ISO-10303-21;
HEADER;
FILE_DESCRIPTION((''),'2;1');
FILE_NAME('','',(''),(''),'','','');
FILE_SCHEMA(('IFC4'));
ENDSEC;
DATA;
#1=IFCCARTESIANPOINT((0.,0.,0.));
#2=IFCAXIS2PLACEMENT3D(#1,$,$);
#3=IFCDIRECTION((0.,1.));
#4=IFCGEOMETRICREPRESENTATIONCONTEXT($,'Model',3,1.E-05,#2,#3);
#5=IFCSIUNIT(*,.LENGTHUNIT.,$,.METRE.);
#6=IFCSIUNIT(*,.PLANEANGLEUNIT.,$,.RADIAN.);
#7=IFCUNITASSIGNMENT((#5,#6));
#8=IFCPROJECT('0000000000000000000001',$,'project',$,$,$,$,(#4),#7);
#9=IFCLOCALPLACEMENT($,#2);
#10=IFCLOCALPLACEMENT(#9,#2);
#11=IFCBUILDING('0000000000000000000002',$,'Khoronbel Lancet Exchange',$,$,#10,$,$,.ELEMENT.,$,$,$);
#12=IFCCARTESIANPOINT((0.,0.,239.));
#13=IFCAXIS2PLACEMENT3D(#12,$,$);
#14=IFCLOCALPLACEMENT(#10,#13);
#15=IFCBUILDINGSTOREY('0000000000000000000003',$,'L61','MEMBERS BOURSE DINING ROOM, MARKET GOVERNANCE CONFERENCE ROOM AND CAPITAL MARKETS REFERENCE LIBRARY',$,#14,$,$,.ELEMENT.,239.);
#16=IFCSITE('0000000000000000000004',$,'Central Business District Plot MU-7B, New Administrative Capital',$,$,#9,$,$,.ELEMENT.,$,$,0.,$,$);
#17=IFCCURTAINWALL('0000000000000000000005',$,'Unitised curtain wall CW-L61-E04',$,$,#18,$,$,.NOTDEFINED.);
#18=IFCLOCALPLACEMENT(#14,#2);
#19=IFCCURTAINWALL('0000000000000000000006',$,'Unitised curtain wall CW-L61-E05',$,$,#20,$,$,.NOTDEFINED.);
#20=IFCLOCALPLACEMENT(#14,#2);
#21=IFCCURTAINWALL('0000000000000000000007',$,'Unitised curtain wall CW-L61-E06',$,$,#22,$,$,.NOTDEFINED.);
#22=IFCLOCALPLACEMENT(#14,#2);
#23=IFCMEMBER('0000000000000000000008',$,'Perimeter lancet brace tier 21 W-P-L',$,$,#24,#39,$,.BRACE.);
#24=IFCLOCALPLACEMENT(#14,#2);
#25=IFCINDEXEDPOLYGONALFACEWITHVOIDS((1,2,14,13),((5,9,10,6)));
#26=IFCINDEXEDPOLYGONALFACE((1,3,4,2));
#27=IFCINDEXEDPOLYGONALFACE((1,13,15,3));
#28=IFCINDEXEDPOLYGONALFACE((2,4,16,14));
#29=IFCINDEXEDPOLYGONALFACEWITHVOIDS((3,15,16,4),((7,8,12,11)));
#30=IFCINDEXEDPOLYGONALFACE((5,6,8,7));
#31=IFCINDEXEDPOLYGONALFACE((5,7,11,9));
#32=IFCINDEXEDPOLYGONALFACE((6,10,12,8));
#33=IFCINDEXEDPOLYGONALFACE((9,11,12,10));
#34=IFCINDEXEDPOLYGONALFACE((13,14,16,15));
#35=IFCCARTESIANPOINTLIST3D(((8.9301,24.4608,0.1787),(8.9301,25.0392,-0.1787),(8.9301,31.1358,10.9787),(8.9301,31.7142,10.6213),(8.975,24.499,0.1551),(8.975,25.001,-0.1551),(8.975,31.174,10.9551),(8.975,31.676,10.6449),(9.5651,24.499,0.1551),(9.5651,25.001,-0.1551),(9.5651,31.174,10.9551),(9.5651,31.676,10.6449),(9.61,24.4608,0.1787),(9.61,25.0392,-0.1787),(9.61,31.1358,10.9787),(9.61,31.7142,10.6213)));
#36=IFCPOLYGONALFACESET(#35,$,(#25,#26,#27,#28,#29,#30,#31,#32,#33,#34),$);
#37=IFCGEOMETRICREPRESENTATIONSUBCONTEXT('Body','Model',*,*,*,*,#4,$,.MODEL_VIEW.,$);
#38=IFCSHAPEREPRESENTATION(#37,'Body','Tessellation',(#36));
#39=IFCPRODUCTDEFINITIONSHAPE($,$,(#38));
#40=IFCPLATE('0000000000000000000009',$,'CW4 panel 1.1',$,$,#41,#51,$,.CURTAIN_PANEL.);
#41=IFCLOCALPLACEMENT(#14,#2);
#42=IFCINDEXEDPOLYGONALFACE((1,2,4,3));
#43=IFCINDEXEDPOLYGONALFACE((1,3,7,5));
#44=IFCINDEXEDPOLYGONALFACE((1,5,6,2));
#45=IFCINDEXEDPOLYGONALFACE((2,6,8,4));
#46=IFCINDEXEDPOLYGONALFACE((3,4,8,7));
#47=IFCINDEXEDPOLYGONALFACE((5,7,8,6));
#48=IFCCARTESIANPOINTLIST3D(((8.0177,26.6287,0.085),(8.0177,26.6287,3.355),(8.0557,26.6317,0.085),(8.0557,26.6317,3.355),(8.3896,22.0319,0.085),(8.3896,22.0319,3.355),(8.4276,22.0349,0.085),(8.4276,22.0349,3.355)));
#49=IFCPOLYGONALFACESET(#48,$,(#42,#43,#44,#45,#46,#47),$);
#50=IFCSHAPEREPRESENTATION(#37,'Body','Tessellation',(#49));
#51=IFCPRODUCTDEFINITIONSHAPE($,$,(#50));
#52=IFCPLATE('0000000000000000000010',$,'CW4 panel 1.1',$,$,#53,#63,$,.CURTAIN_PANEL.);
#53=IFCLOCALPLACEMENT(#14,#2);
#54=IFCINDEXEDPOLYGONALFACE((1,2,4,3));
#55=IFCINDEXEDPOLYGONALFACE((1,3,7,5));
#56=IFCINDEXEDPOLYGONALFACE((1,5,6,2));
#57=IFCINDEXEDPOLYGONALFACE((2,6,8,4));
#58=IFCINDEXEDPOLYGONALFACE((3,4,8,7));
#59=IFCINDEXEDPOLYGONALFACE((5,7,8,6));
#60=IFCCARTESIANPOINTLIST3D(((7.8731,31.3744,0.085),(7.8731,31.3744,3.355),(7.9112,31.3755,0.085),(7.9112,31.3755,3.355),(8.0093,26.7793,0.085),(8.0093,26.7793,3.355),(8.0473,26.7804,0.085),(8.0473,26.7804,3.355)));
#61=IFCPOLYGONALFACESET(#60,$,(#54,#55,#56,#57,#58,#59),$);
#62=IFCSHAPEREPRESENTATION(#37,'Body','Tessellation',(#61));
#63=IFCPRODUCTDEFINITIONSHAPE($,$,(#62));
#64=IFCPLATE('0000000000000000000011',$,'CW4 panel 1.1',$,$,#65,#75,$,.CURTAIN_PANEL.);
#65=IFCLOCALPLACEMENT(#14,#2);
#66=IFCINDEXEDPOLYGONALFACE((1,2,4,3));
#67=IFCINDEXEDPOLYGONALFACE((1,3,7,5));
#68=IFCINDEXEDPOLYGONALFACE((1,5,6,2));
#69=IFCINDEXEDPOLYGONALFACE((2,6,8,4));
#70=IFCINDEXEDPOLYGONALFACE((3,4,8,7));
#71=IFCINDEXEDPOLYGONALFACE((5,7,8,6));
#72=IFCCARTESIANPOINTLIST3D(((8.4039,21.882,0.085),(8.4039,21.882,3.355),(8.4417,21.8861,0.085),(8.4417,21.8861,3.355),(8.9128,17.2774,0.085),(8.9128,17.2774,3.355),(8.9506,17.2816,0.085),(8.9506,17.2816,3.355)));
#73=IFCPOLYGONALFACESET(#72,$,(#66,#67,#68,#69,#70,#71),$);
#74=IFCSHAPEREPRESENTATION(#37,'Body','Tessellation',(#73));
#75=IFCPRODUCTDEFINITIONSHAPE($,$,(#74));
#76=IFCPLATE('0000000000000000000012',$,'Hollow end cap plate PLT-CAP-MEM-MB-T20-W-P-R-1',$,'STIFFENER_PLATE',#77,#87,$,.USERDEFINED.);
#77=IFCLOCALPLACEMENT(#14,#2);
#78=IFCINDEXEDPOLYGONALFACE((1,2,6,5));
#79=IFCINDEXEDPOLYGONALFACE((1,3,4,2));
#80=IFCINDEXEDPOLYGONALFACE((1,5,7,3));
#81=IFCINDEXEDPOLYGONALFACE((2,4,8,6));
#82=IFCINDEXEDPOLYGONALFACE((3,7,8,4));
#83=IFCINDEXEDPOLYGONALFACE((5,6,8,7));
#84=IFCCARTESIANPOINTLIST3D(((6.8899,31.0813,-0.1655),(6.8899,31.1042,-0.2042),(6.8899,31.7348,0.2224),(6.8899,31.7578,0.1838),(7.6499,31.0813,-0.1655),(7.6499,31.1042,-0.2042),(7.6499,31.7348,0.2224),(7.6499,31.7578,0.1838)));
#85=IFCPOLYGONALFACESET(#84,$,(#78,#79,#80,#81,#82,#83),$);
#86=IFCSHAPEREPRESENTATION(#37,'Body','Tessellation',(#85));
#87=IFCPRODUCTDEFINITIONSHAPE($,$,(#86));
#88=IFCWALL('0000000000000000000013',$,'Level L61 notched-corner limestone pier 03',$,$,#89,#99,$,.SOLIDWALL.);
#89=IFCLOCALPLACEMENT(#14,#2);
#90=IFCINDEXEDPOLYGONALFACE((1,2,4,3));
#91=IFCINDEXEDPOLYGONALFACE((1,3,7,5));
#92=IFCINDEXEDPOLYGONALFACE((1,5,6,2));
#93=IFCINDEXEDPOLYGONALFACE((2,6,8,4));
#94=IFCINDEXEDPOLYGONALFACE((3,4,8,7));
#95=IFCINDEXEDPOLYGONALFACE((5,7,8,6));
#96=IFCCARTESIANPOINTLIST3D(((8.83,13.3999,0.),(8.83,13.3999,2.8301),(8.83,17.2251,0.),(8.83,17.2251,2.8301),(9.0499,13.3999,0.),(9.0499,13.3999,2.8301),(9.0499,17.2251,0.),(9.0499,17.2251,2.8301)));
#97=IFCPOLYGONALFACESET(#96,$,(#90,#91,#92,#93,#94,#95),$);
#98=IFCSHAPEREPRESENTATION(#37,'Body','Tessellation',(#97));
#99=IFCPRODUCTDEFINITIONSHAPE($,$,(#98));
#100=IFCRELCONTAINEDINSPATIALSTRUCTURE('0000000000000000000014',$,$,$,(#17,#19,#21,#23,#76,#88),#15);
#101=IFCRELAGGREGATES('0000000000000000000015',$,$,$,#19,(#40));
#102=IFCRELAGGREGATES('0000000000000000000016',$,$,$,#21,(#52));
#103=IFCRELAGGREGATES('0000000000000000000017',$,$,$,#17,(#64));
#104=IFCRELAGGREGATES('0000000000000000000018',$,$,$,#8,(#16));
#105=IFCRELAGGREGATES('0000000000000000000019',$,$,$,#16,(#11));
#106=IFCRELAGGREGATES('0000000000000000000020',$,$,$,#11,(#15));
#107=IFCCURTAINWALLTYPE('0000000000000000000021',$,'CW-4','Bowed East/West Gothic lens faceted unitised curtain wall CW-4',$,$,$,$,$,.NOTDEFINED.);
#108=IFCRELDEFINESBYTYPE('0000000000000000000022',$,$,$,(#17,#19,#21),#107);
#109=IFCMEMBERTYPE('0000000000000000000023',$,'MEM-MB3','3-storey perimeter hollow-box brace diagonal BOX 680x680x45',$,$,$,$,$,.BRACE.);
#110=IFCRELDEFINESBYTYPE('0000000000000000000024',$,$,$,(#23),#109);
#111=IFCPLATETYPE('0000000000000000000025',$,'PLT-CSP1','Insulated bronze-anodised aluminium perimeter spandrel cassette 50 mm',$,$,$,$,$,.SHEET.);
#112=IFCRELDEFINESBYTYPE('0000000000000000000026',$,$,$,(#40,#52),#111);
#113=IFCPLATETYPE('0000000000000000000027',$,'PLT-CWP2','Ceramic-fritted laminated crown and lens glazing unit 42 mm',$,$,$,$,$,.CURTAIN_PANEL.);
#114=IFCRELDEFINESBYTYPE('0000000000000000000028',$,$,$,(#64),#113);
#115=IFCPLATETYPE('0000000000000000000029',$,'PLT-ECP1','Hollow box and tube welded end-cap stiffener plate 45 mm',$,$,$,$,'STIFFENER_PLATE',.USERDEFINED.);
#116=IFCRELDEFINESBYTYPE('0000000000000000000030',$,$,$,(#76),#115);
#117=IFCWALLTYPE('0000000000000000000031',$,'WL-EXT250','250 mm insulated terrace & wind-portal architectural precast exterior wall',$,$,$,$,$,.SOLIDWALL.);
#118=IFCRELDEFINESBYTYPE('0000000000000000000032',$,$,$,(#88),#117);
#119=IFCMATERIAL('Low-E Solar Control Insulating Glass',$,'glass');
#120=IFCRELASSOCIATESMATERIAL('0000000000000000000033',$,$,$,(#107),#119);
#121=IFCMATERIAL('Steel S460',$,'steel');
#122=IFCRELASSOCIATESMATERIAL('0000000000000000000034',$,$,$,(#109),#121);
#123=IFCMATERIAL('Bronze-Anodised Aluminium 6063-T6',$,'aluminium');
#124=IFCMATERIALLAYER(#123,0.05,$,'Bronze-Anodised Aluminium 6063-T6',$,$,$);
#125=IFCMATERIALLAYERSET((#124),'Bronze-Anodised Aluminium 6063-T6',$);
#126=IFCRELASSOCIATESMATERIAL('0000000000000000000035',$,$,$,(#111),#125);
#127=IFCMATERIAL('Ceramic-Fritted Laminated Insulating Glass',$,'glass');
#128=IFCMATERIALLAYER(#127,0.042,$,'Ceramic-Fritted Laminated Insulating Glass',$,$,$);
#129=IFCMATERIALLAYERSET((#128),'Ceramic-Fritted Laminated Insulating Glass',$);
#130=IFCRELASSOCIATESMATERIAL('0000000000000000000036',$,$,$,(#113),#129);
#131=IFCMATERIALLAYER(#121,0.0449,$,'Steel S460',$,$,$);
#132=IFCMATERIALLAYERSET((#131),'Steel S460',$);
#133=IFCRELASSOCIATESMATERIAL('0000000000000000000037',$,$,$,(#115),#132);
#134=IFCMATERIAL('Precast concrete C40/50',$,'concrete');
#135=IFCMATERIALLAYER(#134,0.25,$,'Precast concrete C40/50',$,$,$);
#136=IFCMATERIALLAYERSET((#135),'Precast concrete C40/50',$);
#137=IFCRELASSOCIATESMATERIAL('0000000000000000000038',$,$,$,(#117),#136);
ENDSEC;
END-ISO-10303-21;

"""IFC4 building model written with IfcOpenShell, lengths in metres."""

from ifc_helpers import new_model, si_unit, direction, frame, frame_2d, origin, origin_2d, place, context, subcontext, project, spatial, polyline, rectangle, hollow_rectangle, outline, extrude, material, layer, layer_set, material_profile, profile_set, type_object, element, aggregate, save


model = new_model("IFC4")

# Units and contexts
model_context = context("Model", 3, precision=1e-05, world=origin(), true_north=direction((0.0, 1.0)))
body_context = subcontext(model_context, "Body", "Model", "MODEL_VIEW")
ifc_project = project(units=[si_unit("LENGTHUNIT", "METRE"), si_unit("PLANEANGLEUNIT", "RADIAN")], contexts=[model_context])

# Site, building, storey
site_placement = place(None, origin())
site = spatial("IfcSite", under=ifc_project, at=site_placement, Name="Central Business District Plot MU-7B, New Administrative Capital", CompositionType="ELEMENT", RefElevation=0.0)
building_placement = place(site_placement, origin())
building = spatial("IfcBuilding", under=site, at=building_placement, Name="Khoronbel Lancet Exchange", CompositionType="ELEMENT")
storey_placement = place(building_placement, frame((0.0, 0.0, 239.0)))
storey = spatial("IfcBuildingStorey", under=building, at=storey_placement, Name="L61", Description="MEMBERS BOURSE DINING ROOM, MARKET GOVERNANCE CONFERENCE ROOM AND CAPITAL MARKETS REFERENCE LIBRARY", CompositionType="ELEMENT", Elevation=239.0)

# Curtain walls
ifc_material_1 = material(Name="Low-E Solar Control Insulating Glass", Category="glass")
curtain_wall_type = type_object("IfcCurtainWallType", Name="CW-4", Description="Bowed East/West Gothic lens faceted unitised curtain wall CW-4", PredefinedType="NOTDEFINED", material=ifc_material_1)
curtain_wall_1_placement = place(storey_placement, origin())
curtain_wall_1 = element("IfcCurtainWall", 1, at=curtain_wall_1_placement, inside=storey, type_object=curtain_wall_type, Name="Unitised curtain wall CW-L61-E04", PredefinedType="NOTDEFINED")
ifc_material_2 = material(Name="Bronze-Anodised Aluminium 6063-T6", Category="aluminium")
curtain_wall_2_placement = place(storey_placement, origin())
curtain_wall_2 = element("IfcCurtainWall", 2, at=curtain_wall_2_placement, inside=storey, type_object=curtain_wall_type, Name="Unitised curtain wall CW-L61-E05", PredefinedType="NOTDEFINED")
curtain_wall_3_placement = place(storey_placement, origin())
curtain_wall_3 = element("IfcCurtainWall", 3, at=curtain_wall_3_placement, inside=storey, type_object=curtain_wall_type, Name="Unitised curtain wall CW-L61-E06", PredefinedType="NOTDEFINED")

# Member
ifc_material_3 = material(Name="Steel S460", Category="steel")
ifc_material_profile_1 = material_profile(ifc_material_3, hollow_rectangle(XDim=0.6799, YDim=0.6799, WallThickness=0.0449, at=origin_2d()), Name="BOX 680x680x45")
ifc_profile_set_1 = profile_set([ifc_material_profile_1], Name="Steel S460")
member_type_1 = type_object("IfcMemberType", Name="MEM-MB3", Description="3-storey perimeter hollow-box brace diagonal BOX 680x680x45", PredefinedType="BRACE", material=ifc_profile_set_1)
member_1_placement = place(storey_placement, frame((9.27, 24.75, 0.0), z_axis=(0.0, 0.525745, 0.850642), x_axis=(-1.0, 0.0, 0.0)))
element("IfcMember", 4, at=member_1_placement, inside=storey, type_object=member_type_1, Name="Perimeter lancet brace tier 21 W-P-L", PredefinedType="BRACE", context=body_context, shape_type="SweptSolid", body=[
    extrude(hollow_rectangle(XDim=0.6799, YDim=0.6799, WallThickness=0.0449, at=origin_2d()), origin(), (0.0, 0.0, 1.0), 12.6963),
])

# Plates
ifc_layer_1 = layer(ifc_material_2, 0.05, Name="Bronze-Anodised Aluminium 6063-T6")
ifc_layer_set_1 = layer_set([ifc_layer_1], Name="Bronze-Anodised Aluminium 6063-T6")
plate_type_1 = type_object("IfcPlateType", Name="PLT-CSP1", Description="Insulated bronze-anodised aluminium perimeter spandrel cassette 50 mm", PredefinedType="SHEET", material=ifc_layer_set_1)
plate_1_placement = place(storey_placement, frame((8.2227, 24.3318, 0.085), z_axis=(0.0, 0.0, 1.0), x_axis=(-0.08064, 0.996743, 0.0)))
plate_1 = element("IfcPlate", 5, at=plate_1_placement, type_object=plate_type_1, Name="CW4 panel 1.1", PredefinedType="CURTAIN_PANEL", context=body_context, shape_type="SweptSolid", body=[
    extrude(rectangle(XDim=4.6118, YDim=0.0381, at=origin_2d()), origin(), (0.0, 0.0, 1.0), 3.27),
])
aggregate(curtain_wall_2, [plate_1])
plate_2_placement = place(storey_placement, frame((7.9602, 29.0774, 0.085), z_axis=(0.0, 0.0, 1.0), x_axis=(-0.029618, 0.999561, 0.0)))
plate_2 = element("IfcPlate", 6, at=plate_2_placement, type_object=plate_type_1, Name="CW4 panel 1.1", PredefinedType="CURTAIN_PANEL", context=body_context, shape_type="SweptSolid", body=[
    extrude(rectangle(XDim=4.5972, YDim=0.0381, at=origin_2d()), origin(), (0.0, 0.0, 1.0), 3.27),
])
aggregate(curtain_wall_3, [plate_2])
ifc_material_4 = material(Name="Ceramic-Fritted Laminated Insulating Glass", Category="glass")
ifc_layer_2 = layer(ifc_material_4, 0.042, Name="Ceramic-Fritted Laminated Insulating Glass")
ifc_layer_set_2 = layer_set([ifc_layer_2], Name="Ceramic-Fritted Laminated Insulating Glass")
plate_type_2 = type_object("IfcPlateType", Name="PLT-CWP2", Description="Ceramic-fritted laminated crown and lens glazing unit 42 mm", PredefinedType="CURTAIN_PANEL", material=ifc_layer_set_2)
plate_3_placement = place(storey_placement, frame((8.6772, 19.5818, 0.085), z_axis=(0.0, 0.0, 1.0), x_axis=(-0.109858, 0.993947, 0.0)))
plate_3 = element("IfcPlate", 7, at=plate_3_placement, type_object=plate_type_2, Name="CW4 panel 1.1", PredefinedType="CURTAIN_PANEL", context=body_context, shape_type="SweptSolid", body=[
    extrude(rectangle(XDim=4.6326, YDim=0.0381, at=origin_2d()), origin(), (0.0, 0.0, 1.0), 3.27),
])
aggregate(curtain_wall_1, [plate_3])
ifc_layer_3 = layer(ifc_material_3, 0.0449, Name="Steel S460")
ifc_layer_set_3 = layer_set([ifc_layer_3], Name="Steel S460")
plate_type_3 = type_object("IfcPlateType", Name="PLT-ECP1", Description="Hollow box and tube welded end-cap stiffener plate 45 mm", ElementType="STIFFENER_PLATE", PredefinedType="USERDEFINED", material=ifc_layer_set_3)
plate_4_placement = place(storey_placement, frame((6.8899, 31.0813, -0.1655), z_axis=(0.0, -0.510427, 0.859921), x_axis=(1.0, 0.0, 0.0)))
element("IfcPlate", 8, at=plate_4_placement, inside=storey, type_object=plate_type_3, Name="Hollow end cap plate PLT-CAP-MEM-MB-T20-W-P-R-1", ObjectType="STIFFENER_PLATE", PredefinedType="USERDEFINED", context=body_context, shape_type="SweptSolid", body=[
    extrude(outline(polyline([(0.0, 0.0), (0.76, 0.0), (0.76, 0.76), (0.0, 0.76), (0.0, 0.0)])), origin(), (0.0, 0.0, -1.0), 0.0449),
])

# Wall
ifc_material_5 = material(Name="Precast concrete C40/50", Category="concrete")
ifc_layer_4 = layer(ifc_material_5, 0.25, Name="Precast concrete C40/50")
ifc_layer_set_4 = layer_set([ifc_layer_4], Name="Precast concrete C40/50")
wall_type = type_object("IfcWallType", Name="WL-EXT250", Description="250 mm insulated terrace & wind-portal architectural precast exterior wall", PredefinedType="SOLIDWALL", material=ifc_layer_set_4)
wall_placement = place(storey_placement, frame((8.9399, 13.3999, 0.0), z_axis=(0.0, 0.0, 1.0), x_axis=(0.0, 1.0, 0.0)))
element("IfcWall", 9, at=wall_placement, inside=storey, type_object=wall_type, Name="Level L61 notched-corner limestone pier 03", PredefinedType="SOLIDWALL", context=body_context, shape_type="SweptSolid", body=[
    extrude(rectangle(XDim=3.8252, YDim=0.22, at=frame_2d((1.9126, 0.0))), origin(), (0.0, 0.0, 1.0), 2.8301),
])

save(model, "model.ifc")
